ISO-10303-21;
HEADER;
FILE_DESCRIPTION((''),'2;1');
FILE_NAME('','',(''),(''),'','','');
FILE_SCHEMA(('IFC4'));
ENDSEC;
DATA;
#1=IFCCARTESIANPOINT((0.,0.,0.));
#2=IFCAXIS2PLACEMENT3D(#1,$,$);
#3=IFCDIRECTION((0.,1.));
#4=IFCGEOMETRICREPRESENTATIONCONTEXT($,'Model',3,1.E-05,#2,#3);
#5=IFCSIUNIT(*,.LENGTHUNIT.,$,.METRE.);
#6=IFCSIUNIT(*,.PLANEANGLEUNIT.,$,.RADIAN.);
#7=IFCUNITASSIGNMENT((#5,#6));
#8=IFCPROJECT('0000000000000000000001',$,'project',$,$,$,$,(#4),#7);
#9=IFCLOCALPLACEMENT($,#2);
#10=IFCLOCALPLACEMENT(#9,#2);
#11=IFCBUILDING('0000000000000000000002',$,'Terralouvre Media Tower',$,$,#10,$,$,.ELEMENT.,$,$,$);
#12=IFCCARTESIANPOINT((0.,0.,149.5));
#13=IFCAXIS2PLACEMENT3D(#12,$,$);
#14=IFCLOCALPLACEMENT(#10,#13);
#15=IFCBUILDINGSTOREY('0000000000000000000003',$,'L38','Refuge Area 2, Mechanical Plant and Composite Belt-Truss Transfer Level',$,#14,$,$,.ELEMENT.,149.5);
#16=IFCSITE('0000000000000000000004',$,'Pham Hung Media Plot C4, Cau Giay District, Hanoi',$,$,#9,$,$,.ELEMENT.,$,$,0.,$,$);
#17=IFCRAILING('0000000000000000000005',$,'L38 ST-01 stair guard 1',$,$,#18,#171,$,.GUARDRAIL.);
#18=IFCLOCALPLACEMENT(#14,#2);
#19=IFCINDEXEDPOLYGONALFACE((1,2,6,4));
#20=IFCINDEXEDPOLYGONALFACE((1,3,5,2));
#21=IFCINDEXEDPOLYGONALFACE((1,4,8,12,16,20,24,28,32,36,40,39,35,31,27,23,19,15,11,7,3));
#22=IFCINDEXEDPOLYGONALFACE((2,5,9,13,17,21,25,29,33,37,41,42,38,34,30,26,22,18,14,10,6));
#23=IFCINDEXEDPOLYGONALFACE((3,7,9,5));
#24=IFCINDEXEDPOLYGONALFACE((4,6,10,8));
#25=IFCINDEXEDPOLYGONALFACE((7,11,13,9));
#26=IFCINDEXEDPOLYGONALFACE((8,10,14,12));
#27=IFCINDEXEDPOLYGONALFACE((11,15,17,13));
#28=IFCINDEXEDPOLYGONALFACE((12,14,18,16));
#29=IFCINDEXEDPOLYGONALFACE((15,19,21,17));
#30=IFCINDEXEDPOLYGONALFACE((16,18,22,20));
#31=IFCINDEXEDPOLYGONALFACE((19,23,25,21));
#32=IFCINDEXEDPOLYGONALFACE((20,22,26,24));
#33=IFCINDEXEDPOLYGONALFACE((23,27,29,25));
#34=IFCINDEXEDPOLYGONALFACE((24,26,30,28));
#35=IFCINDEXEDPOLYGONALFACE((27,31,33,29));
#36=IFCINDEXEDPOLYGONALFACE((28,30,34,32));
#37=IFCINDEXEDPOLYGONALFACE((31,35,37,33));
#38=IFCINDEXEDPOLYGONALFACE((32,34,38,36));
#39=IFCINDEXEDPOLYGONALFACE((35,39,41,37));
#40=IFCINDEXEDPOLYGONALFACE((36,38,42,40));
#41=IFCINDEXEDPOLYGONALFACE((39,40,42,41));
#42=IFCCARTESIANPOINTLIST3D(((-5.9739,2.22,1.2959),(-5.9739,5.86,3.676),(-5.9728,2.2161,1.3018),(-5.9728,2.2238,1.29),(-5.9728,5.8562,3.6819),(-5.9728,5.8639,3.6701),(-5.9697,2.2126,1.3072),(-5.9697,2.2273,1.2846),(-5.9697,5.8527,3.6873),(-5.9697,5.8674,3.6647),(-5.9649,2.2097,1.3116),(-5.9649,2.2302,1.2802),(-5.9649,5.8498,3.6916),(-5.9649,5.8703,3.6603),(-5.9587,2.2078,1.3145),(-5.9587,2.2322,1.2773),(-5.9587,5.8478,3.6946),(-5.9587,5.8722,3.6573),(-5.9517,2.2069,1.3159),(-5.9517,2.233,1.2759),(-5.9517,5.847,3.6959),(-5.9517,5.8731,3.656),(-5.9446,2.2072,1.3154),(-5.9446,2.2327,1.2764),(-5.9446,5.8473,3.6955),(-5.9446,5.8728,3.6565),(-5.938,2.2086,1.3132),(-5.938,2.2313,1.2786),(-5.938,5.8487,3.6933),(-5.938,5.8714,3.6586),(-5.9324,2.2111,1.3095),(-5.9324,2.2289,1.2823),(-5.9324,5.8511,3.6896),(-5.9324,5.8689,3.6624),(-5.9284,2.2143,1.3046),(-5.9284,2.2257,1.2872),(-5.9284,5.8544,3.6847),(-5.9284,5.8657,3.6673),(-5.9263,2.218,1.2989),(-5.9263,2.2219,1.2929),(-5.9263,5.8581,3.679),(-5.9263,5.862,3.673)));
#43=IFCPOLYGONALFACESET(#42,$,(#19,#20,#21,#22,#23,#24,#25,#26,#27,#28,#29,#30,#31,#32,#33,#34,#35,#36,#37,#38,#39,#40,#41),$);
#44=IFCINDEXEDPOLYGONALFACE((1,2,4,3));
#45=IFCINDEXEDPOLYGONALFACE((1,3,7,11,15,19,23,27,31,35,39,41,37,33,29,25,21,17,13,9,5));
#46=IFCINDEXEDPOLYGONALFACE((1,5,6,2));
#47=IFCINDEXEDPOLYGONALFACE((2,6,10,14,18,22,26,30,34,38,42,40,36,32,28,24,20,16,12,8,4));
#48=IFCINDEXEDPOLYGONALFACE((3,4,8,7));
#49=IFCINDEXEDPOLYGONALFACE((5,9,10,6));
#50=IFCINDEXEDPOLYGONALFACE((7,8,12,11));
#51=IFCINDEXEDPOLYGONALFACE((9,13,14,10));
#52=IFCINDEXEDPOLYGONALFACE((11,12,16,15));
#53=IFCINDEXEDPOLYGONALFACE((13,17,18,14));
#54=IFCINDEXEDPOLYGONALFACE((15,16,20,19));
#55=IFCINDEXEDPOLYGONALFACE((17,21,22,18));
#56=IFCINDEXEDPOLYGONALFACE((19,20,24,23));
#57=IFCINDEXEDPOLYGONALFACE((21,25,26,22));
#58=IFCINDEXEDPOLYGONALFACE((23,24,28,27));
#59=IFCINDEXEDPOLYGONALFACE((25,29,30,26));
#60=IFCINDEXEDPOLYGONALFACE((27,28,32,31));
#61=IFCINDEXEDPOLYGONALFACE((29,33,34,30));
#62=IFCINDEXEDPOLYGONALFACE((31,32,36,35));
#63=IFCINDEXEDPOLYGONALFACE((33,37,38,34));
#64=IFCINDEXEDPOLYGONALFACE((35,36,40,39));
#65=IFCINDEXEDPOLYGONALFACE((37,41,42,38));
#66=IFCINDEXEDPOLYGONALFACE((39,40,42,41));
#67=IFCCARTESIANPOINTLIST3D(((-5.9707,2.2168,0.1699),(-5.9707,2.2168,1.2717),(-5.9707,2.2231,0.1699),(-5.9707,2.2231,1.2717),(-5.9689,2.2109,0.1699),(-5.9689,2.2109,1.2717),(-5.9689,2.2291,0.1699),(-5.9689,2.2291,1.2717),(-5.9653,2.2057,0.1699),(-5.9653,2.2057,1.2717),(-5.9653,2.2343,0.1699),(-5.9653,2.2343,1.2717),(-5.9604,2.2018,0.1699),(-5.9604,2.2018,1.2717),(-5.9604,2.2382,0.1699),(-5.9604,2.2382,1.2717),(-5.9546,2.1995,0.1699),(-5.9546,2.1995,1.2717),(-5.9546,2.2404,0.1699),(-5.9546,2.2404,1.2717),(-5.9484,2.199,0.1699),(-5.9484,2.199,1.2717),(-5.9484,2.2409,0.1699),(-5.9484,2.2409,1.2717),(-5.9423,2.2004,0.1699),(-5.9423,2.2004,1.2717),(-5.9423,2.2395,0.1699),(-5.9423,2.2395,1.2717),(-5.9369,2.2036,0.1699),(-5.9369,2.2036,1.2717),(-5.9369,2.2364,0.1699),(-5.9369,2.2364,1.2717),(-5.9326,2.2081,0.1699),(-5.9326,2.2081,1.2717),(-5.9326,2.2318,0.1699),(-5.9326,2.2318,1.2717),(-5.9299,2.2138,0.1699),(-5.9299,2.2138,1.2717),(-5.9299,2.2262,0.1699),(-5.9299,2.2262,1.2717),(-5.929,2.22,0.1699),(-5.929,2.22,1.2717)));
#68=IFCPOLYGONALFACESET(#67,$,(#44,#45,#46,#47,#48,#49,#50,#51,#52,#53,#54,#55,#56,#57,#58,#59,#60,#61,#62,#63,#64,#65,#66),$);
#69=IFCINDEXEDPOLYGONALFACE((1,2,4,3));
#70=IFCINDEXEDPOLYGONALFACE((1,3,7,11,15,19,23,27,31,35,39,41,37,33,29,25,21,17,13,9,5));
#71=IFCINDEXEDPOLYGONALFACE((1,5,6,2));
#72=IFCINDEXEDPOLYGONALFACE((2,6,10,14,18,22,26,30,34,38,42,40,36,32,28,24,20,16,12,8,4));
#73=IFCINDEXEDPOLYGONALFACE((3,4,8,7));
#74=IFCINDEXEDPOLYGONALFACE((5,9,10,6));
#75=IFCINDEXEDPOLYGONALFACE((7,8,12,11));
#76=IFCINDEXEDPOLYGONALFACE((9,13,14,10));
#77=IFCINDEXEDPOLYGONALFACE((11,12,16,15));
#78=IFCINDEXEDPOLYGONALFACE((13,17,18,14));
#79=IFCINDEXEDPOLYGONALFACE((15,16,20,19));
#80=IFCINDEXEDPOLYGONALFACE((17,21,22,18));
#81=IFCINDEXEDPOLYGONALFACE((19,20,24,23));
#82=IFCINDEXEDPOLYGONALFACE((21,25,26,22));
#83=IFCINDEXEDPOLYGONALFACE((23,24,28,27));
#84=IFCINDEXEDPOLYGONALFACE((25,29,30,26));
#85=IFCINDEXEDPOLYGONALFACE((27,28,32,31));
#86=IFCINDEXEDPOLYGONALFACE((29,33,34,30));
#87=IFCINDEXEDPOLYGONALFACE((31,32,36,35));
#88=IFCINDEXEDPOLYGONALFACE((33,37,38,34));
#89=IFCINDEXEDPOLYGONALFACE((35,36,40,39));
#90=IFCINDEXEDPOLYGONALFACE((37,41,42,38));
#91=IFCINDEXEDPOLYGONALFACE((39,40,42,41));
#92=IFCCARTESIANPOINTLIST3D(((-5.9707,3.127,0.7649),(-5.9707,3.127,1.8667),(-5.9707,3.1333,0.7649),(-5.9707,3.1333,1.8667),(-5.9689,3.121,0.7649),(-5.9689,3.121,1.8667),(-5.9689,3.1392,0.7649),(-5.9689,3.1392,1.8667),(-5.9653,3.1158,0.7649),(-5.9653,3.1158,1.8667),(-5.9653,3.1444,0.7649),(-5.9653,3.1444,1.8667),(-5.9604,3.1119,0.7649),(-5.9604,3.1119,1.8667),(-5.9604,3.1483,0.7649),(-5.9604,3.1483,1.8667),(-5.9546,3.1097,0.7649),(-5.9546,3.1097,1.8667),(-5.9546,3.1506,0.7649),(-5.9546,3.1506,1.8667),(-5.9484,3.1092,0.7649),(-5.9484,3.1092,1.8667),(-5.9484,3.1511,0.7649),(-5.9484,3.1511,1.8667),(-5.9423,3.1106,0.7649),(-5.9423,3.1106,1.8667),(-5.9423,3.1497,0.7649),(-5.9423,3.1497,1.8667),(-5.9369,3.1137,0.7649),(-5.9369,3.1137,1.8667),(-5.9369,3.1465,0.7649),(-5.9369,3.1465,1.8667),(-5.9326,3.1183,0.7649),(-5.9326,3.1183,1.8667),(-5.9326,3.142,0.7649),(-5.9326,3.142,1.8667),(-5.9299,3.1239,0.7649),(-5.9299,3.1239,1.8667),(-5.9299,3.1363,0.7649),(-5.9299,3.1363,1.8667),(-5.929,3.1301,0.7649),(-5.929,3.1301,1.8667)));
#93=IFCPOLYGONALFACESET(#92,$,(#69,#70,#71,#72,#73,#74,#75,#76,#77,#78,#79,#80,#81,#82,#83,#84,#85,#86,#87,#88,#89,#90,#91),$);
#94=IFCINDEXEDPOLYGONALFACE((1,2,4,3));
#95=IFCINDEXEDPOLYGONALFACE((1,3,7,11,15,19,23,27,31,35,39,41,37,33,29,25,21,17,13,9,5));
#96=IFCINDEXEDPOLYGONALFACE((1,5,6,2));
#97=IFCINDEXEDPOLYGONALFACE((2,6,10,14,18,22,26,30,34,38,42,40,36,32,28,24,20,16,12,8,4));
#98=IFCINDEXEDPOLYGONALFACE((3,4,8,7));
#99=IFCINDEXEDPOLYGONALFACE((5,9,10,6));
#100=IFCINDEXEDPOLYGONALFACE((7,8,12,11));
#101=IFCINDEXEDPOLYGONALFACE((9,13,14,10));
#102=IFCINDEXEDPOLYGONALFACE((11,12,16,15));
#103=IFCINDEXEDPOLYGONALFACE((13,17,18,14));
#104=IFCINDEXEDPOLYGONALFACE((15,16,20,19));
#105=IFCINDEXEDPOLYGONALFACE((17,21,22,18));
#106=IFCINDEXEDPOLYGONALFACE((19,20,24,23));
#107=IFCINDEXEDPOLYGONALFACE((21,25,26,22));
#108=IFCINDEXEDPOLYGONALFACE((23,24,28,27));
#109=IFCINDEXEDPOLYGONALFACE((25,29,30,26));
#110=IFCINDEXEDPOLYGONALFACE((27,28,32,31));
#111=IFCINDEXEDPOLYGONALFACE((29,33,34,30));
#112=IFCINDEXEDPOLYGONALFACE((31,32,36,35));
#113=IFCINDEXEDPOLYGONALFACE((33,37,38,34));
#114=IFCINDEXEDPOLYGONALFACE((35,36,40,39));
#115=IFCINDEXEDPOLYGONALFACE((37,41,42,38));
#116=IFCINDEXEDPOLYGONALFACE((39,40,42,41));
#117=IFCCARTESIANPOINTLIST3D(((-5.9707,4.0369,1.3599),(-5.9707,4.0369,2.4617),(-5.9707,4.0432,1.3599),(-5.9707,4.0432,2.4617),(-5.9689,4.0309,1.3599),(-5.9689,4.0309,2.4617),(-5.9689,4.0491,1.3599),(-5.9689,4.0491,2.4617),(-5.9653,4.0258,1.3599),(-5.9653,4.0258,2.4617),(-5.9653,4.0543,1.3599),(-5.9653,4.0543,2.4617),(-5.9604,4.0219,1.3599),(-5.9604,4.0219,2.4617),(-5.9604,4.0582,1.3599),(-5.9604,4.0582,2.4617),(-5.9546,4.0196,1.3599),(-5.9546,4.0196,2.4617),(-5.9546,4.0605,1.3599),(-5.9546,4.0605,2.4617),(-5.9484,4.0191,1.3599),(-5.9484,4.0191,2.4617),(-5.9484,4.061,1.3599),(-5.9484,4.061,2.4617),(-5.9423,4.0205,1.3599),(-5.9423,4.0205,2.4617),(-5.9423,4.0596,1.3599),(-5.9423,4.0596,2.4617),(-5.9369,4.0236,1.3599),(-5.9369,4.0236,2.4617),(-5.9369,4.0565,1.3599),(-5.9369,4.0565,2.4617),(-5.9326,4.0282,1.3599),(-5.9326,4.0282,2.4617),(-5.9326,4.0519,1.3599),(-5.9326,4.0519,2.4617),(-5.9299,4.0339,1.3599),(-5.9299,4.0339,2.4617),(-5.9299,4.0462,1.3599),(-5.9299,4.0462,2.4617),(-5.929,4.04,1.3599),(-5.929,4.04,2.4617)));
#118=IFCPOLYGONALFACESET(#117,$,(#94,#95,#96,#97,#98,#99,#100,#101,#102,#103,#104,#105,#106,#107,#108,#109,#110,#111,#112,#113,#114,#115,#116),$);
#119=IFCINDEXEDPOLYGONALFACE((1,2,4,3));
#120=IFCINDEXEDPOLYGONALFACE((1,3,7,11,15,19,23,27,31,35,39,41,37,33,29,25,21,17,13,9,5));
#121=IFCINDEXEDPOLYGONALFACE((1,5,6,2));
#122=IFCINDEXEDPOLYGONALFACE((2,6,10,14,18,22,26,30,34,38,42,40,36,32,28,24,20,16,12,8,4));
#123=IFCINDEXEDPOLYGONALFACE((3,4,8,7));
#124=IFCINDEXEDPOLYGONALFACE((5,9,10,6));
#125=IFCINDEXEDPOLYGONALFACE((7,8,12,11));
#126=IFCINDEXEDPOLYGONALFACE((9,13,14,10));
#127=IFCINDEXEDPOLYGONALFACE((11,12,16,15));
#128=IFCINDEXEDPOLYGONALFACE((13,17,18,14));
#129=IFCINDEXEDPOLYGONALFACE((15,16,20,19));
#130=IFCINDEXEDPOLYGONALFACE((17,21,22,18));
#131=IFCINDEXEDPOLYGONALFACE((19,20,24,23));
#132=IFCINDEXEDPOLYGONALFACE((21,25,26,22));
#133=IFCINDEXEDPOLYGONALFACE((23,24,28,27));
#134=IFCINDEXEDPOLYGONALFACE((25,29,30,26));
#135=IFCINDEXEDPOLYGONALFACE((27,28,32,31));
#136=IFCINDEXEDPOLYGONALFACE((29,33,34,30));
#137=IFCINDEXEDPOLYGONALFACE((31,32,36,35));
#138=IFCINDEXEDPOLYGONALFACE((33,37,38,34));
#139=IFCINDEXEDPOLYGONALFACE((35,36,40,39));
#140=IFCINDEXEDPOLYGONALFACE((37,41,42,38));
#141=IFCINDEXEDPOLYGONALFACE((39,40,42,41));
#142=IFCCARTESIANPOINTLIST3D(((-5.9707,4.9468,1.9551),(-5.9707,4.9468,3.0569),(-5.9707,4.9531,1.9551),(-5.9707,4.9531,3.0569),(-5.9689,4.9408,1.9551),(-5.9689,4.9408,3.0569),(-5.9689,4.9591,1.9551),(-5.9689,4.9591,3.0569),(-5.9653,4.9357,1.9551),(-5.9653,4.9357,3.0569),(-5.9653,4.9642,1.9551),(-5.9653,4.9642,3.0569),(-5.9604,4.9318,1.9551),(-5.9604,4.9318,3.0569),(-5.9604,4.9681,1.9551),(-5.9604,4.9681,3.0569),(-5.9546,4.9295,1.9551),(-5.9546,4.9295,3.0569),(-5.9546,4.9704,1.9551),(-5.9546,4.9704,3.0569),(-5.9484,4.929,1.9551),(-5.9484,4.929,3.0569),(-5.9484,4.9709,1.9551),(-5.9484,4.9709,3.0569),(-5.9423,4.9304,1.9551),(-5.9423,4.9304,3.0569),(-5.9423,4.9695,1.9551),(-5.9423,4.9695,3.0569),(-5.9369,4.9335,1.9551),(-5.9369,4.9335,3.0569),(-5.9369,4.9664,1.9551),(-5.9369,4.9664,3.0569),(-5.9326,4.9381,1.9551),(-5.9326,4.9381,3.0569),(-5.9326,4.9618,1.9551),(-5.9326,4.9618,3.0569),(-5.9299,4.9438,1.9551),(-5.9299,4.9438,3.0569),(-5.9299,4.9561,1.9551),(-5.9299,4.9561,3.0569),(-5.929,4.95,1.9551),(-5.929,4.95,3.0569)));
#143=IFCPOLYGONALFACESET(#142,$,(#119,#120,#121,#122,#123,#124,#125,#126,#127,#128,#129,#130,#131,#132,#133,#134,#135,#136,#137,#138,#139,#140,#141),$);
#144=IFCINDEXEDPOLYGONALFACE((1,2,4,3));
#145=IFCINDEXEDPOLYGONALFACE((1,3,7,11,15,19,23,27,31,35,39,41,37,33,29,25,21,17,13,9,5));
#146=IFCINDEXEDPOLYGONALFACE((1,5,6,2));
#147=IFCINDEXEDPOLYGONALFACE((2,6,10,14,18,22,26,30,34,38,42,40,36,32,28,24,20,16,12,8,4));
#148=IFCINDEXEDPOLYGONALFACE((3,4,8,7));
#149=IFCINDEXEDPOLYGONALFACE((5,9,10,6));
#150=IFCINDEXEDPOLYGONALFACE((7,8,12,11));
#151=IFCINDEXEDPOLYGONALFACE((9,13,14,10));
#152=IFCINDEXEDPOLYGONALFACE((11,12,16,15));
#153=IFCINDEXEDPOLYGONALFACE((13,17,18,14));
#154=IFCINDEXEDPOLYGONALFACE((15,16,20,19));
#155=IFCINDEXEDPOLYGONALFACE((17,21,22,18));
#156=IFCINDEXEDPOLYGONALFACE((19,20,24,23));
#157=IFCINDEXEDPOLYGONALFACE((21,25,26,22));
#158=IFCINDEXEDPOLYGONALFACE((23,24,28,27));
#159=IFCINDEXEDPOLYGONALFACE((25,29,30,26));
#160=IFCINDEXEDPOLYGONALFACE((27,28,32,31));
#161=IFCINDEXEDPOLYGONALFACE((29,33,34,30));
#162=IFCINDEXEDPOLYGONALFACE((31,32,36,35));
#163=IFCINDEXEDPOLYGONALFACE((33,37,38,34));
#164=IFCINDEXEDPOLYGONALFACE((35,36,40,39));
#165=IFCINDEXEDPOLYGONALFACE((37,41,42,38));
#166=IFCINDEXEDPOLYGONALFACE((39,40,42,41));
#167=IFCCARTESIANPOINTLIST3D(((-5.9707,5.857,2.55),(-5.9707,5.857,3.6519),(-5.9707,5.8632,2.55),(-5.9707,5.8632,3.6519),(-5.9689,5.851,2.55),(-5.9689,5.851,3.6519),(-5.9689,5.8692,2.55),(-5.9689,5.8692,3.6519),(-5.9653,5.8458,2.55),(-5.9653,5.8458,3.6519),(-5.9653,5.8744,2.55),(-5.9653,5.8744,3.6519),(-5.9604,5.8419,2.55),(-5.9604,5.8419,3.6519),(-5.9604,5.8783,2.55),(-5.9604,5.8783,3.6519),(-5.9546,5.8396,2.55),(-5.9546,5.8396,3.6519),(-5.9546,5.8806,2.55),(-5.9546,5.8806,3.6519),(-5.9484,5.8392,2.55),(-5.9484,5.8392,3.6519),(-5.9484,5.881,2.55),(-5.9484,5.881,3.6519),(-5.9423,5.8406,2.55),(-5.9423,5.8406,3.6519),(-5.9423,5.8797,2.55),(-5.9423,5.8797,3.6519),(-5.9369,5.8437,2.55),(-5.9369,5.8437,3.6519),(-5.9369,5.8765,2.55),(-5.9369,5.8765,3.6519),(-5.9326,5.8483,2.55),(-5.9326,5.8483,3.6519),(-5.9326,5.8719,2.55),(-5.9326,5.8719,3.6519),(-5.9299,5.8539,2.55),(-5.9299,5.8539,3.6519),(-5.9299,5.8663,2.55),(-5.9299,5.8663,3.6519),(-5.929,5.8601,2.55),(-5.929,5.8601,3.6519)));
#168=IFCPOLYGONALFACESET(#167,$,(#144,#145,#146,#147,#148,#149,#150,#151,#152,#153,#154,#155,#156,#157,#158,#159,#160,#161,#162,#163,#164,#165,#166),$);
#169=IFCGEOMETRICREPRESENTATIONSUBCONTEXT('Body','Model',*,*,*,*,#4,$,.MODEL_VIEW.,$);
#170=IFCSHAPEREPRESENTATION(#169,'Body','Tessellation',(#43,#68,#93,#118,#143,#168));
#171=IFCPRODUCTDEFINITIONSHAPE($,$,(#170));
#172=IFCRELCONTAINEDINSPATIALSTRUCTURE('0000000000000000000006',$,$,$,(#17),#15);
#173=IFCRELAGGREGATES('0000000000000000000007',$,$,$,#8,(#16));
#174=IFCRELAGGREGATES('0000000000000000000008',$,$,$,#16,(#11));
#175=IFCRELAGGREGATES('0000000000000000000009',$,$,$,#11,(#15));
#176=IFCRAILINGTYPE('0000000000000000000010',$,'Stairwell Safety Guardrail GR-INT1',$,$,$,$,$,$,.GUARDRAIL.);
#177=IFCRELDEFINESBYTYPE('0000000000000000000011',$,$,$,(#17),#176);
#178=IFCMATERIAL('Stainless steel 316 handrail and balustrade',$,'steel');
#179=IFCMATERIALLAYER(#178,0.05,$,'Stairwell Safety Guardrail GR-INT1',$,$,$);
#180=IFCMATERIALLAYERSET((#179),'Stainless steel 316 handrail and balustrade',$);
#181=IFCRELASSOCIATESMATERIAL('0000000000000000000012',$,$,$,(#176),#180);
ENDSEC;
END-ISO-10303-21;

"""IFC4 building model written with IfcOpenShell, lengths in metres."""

from ifc_helpers import new_model, si_unit, direction, frame, origin, origin_2d, place, context, subcontext, project, spatial, circle, extrude, material, layer, layer_set, type_object, element, save


model = new_model("IFC4")

# Units and contexts
model_context = context("Model", 3, precision=1e-05, world=origin(), true_north=direction((0.0, 1.0)))
body_context = subcontext(model_context, "Body", "Model", "MODEL_VIEW")
ifc_project = project(units=[si_unit("LENGTHUNIT", "METRE"), si_unit("PLANEANGLEUNIT", "RADIAN")], contexts=[model_context])

# Site, building, storey
site_placement = place(None, origin())
site = spatial("IfcSite", under=ifc_project, at=site_placement, Name="Pham Hung Media Plot C4, Cau Giay District, Hanoi", CompositionType="ELEMENT", RefElevation=0.0)
building_placement = place(site_placement, origin())
building = spatial("IfcBuilding", under=site, at=building_placement, Name="Terralouvre Media Tower", CompositionType="ELEMENT")
storey_placement = place(building_placement, frame((0.0, 0.0, 149.5)))
storey = spatial("IfcBuildingStorey", under=building, at=storey_placement, Name="L38", Description="Refuge Area 2, Mechanical Plant and Composite Belt-Truss Transfer Level", CompositionType="ELEMENT", Elevation=149.5)

# Railing
ifc_material_1 = material(Name="Stainless steel 316 handrail and balustrade", Category="steel")
ifc_layer_1 = layer(ifc_material_1, 0.05, Name="Stairwell Safety Guardrail GR-INT1")
ifc_layer_set_1 = layer_set([ifc_layer_1], Name="Stainless steel 316 handrail and balustrade")
railing_type_1 = type_object("IfcRailingType", Name="Stairwell Safety Guardrail GR-INT1", PredefinedType="GUARDRAIL", material=ifc_layer_set_1)
railing_1_placement = place(storey_placement, frame((-5.95, 2.22, 0.1699)))
element("IfcRailing", 1, at=railing_1_placement, inside=storey, type_object=railing_type_1, Name="L38 ST-01 stair guard 1", PredefinedType="GUARDRAIL", context=body_context, shape_type="SweptSolid", body=[
    extrude(circle(Radius=0.0239, at=origin_2d()), frame((0.0, 0.0, 1.126), z_axis=(0.0, 0.836966, 0.547255), x_axis=(-1.0, 0.0, 0.0)), (0.0, 0.0, 1.0), 4.3491),
    extrude(circle(Radius=0.021, at=origin_2d()), origin(), (0.0, 0.0, 1.0), 1.1018),
    extrude(circle(Radius=0.021, at=origin_2d()), frame((0.0, 0.9102, 0.595)), (0.0, 0.0, 1.0), 1.1018),
    extrude(circle(Radius=0.021, at=origin_2d()), frame((0.0, 1.8201, 1.1899)), (0.0, 0.0, 1.0), 1.1018),
    extrude(circle(Radius=0.021, at=origin_2d()), frame((0.0, 2.73, 1.7852)), (0.0, 0.0, 1.0), 1.1018),
    extrude(circle(Radius=0.021, at=origin_2d()), frame((0.0, 3.6401, 2.3801)), (0.0, 0.0, 1.0), 1.1018),
])

save(model, "model.ifc")
